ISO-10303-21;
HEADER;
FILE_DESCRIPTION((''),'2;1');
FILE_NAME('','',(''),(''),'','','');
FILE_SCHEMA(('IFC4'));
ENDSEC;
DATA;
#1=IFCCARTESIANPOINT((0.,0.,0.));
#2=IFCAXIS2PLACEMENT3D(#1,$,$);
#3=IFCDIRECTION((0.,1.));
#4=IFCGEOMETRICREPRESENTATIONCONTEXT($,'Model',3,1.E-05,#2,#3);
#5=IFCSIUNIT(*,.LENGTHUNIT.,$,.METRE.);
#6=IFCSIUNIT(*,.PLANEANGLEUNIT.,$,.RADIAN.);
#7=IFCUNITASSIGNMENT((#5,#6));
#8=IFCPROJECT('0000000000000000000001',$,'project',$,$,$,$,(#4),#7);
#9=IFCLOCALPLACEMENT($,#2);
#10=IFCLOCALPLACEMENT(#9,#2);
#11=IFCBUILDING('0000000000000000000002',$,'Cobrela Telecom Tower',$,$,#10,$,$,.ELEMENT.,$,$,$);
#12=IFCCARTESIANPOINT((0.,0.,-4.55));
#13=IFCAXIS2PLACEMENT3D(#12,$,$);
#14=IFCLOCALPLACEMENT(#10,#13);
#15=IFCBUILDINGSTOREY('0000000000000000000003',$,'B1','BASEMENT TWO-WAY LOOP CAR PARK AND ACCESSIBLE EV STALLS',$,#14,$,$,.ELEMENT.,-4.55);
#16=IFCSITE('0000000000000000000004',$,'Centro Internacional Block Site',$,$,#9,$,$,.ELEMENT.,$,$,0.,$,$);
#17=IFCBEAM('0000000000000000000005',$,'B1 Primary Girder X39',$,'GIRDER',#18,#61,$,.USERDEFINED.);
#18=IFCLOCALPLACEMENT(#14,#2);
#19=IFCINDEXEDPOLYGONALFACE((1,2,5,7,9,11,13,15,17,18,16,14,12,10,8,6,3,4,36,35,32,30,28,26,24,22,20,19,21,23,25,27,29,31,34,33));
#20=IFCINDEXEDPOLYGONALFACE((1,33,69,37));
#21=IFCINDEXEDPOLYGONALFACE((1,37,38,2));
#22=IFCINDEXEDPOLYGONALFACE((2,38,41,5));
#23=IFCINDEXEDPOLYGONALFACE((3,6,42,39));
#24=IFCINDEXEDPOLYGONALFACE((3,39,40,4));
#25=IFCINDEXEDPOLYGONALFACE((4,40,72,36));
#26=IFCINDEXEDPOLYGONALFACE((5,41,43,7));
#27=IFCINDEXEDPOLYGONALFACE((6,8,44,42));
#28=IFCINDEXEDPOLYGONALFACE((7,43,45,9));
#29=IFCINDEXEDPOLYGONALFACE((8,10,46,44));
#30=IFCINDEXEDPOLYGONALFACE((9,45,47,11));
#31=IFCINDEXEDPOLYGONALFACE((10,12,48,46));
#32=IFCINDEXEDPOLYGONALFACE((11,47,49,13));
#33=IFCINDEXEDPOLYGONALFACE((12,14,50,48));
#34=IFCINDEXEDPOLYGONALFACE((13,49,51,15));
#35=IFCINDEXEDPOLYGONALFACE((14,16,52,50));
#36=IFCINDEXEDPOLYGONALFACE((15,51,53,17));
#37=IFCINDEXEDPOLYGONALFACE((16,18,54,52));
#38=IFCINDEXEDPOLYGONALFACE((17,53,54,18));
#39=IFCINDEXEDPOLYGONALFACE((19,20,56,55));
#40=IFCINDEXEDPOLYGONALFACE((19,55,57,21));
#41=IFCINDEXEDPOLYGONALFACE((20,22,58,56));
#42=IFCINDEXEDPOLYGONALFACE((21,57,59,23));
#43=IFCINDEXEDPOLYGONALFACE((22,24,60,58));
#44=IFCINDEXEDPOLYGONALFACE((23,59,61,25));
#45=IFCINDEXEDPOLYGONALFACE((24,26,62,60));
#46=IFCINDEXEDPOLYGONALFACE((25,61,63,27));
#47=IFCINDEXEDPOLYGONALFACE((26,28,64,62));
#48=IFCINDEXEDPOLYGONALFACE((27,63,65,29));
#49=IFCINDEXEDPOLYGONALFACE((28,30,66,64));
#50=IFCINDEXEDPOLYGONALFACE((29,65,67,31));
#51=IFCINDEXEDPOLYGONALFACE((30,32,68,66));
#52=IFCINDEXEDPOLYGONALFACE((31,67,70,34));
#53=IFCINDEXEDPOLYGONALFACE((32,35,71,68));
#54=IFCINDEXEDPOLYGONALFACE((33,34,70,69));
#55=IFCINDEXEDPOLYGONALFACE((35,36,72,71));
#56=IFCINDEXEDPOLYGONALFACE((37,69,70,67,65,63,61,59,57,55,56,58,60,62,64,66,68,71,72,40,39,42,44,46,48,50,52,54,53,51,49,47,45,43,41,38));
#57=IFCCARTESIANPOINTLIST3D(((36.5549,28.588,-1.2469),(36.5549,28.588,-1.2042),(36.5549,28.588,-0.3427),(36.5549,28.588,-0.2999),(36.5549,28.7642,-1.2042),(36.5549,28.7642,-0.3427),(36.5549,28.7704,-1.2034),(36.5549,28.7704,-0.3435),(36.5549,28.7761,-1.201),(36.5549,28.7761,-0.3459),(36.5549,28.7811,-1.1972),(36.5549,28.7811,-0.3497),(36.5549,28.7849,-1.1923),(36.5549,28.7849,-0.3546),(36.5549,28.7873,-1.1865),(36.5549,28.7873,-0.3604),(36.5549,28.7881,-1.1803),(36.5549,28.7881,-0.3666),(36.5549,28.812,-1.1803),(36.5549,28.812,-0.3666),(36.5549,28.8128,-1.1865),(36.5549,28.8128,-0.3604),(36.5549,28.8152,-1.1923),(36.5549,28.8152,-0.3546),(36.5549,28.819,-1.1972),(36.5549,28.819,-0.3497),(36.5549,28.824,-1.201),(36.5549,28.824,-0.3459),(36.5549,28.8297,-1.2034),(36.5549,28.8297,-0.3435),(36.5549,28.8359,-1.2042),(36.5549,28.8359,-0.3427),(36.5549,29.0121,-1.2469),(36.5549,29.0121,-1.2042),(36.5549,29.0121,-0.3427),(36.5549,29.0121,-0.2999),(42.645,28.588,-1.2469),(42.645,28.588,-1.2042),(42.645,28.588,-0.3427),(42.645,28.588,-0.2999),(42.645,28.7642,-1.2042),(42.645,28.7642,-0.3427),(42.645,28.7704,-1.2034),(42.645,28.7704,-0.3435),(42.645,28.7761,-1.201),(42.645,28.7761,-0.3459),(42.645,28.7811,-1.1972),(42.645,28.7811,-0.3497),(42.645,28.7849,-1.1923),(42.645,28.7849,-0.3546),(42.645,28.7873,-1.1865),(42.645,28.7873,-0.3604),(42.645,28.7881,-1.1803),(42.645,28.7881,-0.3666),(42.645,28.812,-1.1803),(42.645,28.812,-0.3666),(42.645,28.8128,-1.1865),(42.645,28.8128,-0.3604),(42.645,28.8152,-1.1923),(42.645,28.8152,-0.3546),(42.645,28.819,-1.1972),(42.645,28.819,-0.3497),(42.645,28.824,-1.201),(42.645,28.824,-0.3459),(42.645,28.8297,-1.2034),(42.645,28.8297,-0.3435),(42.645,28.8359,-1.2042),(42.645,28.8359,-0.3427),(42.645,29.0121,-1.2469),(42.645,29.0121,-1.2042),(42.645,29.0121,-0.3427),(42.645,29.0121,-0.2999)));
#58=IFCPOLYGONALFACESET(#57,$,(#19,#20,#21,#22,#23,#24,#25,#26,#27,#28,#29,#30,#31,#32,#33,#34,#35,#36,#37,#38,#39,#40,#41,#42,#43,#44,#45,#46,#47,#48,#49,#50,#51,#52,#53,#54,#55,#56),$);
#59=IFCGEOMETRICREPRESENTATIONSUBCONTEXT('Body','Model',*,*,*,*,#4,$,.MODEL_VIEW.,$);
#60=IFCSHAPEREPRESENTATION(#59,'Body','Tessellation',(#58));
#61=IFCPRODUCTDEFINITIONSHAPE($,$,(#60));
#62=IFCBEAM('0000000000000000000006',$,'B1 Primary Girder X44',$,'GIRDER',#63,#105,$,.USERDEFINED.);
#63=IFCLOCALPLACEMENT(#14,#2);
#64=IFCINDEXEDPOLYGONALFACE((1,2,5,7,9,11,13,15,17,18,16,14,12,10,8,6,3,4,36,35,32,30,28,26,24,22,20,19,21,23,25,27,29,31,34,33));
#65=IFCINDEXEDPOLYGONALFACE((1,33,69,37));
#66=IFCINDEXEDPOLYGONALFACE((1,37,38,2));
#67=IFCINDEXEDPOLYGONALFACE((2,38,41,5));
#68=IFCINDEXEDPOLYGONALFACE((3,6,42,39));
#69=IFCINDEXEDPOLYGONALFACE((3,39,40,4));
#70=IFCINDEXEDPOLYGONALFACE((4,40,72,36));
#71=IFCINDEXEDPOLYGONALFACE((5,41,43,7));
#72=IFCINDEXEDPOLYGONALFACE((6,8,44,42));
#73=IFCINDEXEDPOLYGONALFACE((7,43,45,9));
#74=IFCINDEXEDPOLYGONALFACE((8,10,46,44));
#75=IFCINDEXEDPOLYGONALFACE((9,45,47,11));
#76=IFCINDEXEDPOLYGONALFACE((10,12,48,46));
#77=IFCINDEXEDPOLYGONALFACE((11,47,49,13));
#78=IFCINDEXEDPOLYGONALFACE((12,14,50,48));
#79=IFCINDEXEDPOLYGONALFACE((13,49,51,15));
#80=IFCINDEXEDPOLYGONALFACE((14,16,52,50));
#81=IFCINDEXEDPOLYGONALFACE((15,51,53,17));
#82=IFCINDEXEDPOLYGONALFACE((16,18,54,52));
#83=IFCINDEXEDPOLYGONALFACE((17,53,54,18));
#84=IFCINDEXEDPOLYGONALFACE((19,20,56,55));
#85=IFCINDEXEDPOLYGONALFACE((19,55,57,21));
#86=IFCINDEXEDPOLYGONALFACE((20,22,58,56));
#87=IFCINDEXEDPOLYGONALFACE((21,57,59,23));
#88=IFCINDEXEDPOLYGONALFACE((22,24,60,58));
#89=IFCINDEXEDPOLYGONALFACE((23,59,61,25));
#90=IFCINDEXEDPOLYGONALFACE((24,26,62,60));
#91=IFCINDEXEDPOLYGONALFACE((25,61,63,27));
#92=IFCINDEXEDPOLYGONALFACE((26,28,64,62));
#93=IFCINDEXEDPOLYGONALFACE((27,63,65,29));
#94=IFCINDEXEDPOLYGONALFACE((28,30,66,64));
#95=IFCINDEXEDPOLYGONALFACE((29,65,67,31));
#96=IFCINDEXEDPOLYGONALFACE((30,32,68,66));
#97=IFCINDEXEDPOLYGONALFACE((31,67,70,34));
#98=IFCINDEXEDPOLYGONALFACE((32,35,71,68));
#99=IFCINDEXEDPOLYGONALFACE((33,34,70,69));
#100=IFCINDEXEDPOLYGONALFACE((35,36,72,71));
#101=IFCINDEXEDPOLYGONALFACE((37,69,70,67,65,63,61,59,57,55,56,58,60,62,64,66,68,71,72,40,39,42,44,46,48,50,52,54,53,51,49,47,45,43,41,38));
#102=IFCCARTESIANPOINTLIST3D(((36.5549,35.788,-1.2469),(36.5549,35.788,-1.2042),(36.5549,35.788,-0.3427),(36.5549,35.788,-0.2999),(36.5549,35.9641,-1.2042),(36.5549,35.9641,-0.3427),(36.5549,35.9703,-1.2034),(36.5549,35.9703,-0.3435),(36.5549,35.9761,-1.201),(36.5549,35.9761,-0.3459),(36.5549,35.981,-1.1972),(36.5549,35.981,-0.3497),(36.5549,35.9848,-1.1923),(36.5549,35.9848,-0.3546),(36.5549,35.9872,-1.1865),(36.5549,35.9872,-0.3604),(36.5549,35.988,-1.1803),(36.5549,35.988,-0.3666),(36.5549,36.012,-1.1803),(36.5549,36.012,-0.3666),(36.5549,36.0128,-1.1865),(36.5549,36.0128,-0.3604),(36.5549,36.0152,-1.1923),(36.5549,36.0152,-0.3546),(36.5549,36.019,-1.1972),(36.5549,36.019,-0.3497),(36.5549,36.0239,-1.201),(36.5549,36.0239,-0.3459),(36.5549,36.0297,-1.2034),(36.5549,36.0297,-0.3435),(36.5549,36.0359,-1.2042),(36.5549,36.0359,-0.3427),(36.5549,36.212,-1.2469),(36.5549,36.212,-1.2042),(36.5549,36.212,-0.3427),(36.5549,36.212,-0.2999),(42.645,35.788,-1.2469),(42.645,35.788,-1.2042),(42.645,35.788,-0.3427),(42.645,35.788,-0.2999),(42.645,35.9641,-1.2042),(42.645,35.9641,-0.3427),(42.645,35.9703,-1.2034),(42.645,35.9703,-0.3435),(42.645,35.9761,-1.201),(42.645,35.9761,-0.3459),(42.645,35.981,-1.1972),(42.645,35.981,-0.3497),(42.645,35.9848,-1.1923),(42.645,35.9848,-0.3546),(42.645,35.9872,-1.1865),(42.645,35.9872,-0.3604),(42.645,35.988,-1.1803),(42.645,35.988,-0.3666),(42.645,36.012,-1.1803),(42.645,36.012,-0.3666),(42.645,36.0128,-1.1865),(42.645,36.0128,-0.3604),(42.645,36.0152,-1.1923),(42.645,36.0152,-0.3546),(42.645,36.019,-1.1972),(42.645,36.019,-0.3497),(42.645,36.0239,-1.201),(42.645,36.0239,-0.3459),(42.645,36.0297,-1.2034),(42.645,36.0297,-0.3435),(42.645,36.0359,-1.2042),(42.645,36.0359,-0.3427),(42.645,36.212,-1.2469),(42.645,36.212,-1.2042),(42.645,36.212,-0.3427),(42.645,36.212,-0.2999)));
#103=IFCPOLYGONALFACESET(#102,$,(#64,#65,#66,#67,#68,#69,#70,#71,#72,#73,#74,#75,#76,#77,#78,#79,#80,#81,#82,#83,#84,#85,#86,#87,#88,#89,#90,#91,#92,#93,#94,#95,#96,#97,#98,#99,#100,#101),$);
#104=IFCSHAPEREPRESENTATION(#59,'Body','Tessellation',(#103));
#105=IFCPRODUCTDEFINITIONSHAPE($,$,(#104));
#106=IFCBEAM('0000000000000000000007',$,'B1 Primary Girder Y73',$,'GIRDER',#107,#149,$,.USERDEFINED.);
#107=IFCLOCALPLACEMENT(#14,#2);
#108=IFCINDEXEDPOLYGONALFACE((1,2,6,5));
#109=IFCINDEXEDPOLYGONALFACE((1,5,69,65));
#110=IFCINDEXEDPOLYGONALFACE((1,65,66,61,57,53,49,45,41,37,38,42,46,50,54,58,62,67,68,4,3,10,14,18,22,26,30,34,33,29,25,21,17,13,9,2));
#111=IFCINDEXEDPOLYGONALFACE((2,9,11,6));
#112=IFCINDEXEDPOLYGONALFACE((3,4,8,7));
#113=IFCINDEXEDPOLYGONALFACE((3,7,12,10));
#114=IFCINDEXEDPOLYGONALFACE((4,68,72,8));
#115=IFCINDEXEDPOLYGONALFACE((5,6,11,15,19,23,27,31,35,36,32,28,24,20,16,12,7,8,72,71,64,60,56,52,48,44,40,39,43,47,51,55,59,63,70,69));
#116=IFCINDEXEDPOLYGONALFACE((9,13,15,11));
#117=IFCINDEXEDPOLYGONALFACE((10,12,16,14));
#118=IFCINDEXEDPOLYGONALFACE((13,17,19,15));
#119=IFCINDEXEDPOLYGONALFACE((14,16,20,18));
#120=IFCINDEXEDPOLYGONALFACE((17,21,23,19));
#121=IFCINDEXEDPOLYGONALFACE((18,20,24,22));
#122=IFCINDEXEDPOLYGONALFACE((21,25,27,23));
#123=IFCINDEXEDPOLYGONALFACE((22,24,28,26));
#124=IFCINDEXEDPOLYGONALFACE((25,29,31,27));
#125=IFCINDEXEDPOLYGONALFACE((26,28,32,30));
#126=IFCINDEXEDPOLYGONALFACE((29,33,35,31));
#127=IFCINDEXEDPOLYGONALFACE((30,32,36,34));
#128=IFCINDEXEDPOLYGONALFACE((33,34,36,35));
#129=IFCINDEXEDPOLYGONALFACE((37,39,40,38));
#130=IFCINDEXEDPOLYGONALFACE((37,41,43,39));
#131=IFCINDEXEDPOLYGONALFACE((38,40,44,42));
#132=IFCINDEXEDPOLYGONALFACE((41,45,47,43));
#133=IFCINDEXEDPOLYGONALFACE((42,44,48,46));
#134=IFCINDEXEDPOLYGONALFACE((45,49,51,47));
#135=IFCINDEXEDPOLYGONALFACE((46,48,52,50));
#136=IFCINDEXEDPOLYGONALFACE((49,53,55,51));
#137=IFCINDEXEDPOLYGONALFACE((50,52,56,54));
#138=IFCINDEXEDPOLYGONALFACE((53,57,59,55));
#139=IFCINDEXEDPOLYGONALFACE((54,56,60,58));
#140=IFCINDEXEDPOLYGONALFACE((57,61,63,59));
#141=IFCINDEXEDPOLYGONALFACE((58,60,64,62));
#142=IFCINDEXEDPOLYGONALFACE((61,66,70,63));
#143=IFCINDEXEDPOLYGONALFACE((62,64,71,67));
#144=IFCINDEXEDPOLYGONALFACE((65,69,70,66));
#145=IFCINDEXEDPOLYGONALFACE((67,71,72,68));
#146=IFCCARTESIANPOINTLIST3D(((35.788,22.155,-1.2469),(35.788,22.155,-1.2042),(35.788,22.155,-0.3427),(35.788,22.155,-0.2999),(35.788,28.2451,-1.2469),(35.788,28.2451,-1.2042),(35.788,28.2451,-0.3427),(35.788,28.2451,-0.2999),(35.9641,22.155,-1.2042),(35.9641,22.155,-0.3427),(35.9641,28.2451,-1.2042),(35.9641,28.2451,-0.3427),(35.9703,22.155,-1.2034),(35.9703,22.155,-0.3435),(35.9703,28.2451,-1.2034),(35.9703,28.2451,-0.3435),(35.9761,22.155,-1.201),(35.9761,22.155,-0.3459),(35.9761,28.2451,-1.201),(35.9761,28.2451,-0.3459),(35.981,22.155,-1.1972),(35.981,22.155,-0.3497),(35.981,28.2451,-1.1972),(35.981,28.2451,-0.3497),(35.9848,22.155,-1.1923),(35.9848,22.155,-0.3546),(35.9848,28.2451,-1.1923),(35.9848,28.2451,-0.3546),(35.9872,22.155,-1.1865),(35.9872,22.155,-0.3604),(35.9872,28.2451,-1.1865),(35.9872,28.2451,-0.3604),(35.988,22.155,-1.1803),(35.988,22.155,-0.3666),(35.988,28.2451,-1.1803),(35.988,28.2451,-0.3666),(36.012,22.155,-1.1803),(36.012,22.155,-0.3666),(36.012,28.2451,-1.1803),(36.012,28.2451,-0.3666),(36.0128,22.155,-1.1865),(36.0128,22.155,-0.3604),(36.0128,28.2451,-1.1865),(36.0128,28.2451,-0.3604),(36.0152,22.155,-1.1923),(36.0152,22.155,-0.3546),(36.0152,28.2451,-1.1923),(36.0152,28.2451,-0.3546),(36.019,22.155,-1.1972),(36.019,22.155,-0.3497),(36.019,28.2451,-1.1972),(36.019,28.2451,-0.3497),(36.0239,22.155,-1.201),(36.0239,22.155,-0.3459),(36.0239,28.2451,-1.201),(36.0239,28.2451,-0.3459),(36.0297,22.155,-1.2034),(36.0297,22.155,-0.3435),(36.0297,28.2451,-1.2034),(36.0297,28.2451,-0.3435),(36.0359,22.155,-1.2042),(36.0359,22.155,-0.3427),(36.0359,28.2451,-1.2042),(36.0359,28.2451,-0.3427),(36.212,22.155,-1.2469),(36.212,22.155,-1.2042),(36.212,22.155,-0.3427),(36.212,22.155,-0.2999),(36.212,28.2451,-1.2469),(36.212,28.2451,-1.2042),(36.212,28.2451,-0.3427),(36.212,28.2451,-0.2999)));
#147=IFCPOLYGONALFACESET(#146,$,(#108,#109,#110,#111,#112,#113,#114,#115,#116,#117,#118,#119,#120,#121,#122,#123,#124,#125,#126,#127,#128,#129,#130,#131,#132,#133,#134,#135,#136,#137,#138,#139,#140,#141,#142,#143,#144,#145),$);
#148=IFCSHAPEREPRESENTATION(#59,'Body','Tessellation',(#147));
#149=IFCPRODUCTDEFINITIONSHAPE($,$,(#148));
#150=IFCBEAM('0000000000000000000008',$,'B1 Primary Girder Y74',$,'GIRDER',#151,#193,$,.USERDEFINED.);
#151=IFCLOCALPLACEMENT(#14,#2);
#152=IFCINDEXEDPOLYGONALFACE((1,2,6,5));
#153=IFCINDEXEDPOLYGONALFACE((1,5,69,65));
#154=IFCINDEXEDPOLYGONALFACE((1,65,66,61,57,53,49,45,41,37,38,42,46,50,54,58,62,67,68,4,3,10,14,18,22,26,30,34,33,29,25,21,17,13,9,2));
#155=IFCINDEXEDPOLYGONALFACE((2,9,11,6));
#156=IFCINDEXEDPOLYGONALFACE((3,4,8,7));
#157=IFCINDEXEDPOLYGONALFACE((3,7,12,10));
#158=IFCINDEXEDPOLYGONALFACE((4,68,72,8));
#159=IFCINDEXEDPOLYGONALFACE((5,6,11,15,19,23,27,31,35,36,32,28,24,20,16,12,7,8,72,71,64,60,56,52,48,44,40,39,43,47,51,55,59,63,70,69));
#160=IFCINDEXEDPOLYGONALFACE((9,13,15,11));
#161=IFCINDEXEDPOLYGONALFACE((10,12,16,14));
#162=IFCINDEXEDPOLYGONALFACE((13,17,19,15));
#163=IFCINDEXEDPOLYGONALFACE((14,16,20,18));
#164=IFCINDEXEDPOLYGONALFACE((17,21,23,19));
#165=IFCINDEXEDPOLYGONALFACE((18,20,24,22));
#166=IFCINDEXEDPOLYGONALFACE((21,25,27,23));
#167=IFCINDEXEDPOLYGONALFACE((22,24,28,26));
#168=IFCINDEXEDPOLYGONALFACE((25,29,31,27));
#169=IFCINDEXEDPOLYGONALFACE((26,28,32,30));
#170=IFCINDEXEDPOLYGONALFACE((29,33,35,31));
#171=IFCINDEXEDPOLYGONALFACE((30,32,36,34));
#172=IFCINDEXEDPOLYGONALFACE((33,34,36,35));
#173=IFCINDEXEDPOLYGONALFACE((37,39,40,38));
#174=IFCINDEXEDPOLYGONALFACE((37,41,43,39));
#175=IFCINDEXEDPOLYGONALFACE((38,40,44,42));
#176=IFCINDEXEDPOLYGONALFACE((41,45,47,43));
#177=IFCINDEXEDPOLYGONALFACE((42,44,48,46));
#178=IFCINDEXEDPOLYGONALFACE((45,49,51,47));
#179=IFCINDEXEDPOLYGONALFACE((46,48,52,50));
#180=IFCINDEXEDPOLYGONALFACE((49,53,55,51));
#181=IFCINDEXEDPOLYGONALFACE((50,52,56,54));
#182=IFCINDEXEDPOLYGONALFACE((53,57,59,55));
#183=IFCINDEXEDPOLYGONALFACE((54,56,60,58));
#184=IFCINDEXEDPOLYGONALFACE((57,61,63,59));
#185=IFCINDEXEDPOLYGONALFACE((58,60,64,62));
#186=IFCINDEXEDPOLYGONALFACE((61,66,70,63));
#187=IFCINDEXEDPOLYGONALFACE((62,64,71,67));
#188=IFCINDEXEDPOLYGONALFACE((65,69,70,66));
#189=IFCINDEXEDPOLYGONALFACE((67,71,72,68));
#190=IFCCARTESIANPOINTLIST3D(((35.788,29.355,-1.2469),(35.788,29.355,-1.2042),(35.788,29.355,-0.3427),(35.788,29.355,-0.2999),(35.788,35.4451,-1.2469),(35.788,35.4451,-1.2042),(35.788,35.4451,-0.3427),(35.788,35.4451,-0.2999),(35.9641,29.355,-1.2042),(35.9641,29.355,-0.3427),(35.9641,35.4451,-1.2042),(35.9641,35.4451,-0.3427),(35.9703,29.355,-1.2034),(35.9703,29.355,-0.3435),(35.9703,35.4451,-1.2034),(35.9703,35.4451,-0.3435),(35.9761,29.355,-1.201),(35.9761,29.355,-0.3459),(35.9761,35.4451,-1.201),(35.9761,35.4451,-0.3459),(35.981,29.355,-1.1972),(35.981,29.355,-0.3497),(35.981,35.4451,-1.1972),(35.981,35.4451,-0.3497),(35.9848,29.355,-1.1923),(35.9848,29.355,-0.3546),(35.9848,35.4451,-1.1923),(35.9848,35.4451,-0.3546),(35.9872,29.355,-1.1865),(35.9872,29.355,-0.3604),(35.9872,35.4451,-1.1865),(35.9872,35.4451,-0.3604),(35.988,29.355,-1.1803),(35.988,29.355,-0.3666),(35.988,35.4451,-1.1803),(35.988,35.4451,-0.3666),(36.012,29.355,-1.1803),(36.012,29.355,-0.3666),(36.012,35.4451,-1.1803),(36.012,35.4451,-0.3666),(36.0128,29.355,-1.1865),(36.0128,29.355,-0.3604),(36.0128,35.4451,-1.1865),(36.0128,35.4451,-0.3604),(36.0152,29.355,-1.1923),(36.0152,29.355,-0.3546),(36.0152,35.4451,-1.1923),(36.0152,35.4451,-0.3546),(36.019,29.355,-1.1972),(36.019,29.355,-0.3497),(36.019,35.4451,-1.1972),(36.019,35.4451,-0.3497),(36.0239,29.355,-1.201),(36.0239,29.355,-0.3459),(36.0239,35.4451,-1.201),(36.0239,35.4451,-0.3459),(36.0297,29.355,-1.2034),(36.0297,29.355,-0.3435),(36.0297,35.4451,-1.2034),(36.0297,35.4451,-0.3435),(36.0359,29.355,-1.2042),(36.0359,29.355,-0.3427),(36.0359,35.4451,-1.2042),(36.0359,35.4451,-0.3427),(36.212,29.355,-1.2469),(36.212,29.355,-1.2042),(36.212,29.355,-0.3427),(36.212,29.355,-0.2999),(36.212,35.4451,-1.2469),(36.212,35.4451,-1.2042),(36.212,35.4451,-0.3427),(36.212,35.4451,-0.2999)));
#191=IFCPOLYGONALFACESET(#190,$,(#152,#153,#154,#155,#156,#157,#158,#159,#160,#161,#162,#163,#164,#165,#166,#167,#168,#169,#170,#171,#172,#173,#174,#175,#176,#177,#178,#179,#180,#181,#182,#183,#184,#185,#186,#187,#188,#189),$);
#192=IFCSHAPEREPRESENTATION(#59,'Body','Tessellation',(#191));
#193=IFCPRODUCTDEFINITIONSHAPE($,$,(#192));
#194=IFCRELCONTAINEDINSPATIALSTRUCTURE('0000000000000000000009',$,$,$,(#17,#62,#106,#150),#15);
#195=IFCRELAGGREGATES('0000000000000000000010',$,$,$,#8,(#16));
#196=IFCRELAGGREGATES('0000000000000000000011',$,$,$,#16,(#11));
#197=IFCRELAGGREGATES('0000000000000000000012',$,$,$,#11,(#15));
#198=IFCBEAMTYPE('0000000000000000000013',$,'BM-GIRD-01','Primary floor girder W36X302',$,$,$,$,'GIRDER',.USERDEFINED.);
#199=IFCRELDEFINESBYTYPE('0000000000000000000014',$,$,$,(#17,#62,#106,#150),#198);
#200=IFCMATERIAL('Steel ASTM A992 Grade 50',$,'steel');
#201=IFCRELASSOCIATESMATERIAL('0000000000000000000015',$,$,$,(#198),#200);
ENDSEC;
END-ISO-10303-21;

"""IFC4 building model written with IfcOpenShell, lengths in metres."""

from ifc_helpers import new_model, si_unit, direction, frame, origin, origin_2d, place, context, subcontext, project, spatial, i_section, extrude, material, material_profile, profile_set, type_object, element, save


model = new_model("IFC4")

# Units and contexts
model_context = context("Model", 3, precision=1e-05, world=origin(), true_north=direction((0.0, 1.0)))
body_context = subcontext(model_context, "Body", "Model", "MODEL_VIEW")
ifc_project = project(units=[si_unit("LENGTHUNIT", "METRE"), si_unit("PLANEANGLEUNIT", "RADIAN")], contexts=[model_context])

# Site, building, storey
site_placement = place(None, origin())
site = spatial("IfcSite", under=ifc_project, at=site_placement, Name="Centro Internacional Block Site", CompositionType="ELEMENT", RefElevation=0.0)
building_placement = place(site_placement, origin())
building = spatial("IfcBuilding", under=site, at=building_placement, Name="Cobrela Telecom Tower", CompositionType="ELEMENT")
storey_placement = place(building_placement, frame((0.0, 0.0, -4.55)))
storey = spatial("IfcBuildingStorey", under=building, at=storey_placement, Name="B1", Description="BASEMENT TWO-WAY LOOP CAR PARK AND ACCESSIBLE EV STALLS", CompositionType="ELEMENT", Elevation=-4.55)

# Beams
ifc_material_1 = material(Name="Steel ASTM A992 Grade 50", Category="steel")
ifc_material_profile_1 = material_profile(ifc_material_1, i_section(OverallWidth=0.4241, OverallDepth=0.947, WebThickness=0.0239, FlangeThickness=0.0427, FilletRadius=0.0239, at=origin_2d()), Name="W36X302")
ifc_profile_set_1 = profile_set([ifc_material_profile_1], Name="Steel ASTM A992 Grade 50")
beam_type_1 = type_object("IfcBeamType", Name="BM-GIRD-01", Description="Primary floor girder W36X302", ElementType="GIRDER", PredefinedType="USERDEFINED", material=ifc_profile_set_1)
for number, where, z_axis, x_axis, name in (
    (1, (36.5549, 28.8, -0.7734), (1.0, 0.0, 0.0), (0.0, 1.0, 0.0), "B1 Primary Girder X39"),
    (2, (36.5549, 36.0, -0.7734), (1.0, 0.0, 0.0), (0.0, 1.0, 0.0), "B1 Primary Girder X44"),
    (3, (36.0, 22.155, -0.7734), (0.0, 1.0, 0.0), (-1.0, 0.0, 0.0), "B1 Primary Girder Y73"),
    (4, (36.0, 29.355, -0.7734), (0.0, 1.0, 0.0), (-1.0, 0.0, 0.0), "B1 Primary Girder Y74"),
):
    element("IfcBeam", number, at=place(storey_placement, frame(where, z_axis=z_axis, x_axis=x_axis)), inside=storey, type_object=beam_type_1, Name=name, ObjectType="GIRDER", PredefinedType="USERDEFINED", context=body_context, shape_type="SweptSolid", body=[
        extrude(i_section(OverallWidth=0.4241, OverallDepth=0.947, WebThickness=0.0239, FlangeThickness=0.0427, FilletRadius=0.0239, at=origin_2d()), origin(), (0.0, 0.0, 1.0), 6.0901),
    ])

save(model, "model.ifc")
